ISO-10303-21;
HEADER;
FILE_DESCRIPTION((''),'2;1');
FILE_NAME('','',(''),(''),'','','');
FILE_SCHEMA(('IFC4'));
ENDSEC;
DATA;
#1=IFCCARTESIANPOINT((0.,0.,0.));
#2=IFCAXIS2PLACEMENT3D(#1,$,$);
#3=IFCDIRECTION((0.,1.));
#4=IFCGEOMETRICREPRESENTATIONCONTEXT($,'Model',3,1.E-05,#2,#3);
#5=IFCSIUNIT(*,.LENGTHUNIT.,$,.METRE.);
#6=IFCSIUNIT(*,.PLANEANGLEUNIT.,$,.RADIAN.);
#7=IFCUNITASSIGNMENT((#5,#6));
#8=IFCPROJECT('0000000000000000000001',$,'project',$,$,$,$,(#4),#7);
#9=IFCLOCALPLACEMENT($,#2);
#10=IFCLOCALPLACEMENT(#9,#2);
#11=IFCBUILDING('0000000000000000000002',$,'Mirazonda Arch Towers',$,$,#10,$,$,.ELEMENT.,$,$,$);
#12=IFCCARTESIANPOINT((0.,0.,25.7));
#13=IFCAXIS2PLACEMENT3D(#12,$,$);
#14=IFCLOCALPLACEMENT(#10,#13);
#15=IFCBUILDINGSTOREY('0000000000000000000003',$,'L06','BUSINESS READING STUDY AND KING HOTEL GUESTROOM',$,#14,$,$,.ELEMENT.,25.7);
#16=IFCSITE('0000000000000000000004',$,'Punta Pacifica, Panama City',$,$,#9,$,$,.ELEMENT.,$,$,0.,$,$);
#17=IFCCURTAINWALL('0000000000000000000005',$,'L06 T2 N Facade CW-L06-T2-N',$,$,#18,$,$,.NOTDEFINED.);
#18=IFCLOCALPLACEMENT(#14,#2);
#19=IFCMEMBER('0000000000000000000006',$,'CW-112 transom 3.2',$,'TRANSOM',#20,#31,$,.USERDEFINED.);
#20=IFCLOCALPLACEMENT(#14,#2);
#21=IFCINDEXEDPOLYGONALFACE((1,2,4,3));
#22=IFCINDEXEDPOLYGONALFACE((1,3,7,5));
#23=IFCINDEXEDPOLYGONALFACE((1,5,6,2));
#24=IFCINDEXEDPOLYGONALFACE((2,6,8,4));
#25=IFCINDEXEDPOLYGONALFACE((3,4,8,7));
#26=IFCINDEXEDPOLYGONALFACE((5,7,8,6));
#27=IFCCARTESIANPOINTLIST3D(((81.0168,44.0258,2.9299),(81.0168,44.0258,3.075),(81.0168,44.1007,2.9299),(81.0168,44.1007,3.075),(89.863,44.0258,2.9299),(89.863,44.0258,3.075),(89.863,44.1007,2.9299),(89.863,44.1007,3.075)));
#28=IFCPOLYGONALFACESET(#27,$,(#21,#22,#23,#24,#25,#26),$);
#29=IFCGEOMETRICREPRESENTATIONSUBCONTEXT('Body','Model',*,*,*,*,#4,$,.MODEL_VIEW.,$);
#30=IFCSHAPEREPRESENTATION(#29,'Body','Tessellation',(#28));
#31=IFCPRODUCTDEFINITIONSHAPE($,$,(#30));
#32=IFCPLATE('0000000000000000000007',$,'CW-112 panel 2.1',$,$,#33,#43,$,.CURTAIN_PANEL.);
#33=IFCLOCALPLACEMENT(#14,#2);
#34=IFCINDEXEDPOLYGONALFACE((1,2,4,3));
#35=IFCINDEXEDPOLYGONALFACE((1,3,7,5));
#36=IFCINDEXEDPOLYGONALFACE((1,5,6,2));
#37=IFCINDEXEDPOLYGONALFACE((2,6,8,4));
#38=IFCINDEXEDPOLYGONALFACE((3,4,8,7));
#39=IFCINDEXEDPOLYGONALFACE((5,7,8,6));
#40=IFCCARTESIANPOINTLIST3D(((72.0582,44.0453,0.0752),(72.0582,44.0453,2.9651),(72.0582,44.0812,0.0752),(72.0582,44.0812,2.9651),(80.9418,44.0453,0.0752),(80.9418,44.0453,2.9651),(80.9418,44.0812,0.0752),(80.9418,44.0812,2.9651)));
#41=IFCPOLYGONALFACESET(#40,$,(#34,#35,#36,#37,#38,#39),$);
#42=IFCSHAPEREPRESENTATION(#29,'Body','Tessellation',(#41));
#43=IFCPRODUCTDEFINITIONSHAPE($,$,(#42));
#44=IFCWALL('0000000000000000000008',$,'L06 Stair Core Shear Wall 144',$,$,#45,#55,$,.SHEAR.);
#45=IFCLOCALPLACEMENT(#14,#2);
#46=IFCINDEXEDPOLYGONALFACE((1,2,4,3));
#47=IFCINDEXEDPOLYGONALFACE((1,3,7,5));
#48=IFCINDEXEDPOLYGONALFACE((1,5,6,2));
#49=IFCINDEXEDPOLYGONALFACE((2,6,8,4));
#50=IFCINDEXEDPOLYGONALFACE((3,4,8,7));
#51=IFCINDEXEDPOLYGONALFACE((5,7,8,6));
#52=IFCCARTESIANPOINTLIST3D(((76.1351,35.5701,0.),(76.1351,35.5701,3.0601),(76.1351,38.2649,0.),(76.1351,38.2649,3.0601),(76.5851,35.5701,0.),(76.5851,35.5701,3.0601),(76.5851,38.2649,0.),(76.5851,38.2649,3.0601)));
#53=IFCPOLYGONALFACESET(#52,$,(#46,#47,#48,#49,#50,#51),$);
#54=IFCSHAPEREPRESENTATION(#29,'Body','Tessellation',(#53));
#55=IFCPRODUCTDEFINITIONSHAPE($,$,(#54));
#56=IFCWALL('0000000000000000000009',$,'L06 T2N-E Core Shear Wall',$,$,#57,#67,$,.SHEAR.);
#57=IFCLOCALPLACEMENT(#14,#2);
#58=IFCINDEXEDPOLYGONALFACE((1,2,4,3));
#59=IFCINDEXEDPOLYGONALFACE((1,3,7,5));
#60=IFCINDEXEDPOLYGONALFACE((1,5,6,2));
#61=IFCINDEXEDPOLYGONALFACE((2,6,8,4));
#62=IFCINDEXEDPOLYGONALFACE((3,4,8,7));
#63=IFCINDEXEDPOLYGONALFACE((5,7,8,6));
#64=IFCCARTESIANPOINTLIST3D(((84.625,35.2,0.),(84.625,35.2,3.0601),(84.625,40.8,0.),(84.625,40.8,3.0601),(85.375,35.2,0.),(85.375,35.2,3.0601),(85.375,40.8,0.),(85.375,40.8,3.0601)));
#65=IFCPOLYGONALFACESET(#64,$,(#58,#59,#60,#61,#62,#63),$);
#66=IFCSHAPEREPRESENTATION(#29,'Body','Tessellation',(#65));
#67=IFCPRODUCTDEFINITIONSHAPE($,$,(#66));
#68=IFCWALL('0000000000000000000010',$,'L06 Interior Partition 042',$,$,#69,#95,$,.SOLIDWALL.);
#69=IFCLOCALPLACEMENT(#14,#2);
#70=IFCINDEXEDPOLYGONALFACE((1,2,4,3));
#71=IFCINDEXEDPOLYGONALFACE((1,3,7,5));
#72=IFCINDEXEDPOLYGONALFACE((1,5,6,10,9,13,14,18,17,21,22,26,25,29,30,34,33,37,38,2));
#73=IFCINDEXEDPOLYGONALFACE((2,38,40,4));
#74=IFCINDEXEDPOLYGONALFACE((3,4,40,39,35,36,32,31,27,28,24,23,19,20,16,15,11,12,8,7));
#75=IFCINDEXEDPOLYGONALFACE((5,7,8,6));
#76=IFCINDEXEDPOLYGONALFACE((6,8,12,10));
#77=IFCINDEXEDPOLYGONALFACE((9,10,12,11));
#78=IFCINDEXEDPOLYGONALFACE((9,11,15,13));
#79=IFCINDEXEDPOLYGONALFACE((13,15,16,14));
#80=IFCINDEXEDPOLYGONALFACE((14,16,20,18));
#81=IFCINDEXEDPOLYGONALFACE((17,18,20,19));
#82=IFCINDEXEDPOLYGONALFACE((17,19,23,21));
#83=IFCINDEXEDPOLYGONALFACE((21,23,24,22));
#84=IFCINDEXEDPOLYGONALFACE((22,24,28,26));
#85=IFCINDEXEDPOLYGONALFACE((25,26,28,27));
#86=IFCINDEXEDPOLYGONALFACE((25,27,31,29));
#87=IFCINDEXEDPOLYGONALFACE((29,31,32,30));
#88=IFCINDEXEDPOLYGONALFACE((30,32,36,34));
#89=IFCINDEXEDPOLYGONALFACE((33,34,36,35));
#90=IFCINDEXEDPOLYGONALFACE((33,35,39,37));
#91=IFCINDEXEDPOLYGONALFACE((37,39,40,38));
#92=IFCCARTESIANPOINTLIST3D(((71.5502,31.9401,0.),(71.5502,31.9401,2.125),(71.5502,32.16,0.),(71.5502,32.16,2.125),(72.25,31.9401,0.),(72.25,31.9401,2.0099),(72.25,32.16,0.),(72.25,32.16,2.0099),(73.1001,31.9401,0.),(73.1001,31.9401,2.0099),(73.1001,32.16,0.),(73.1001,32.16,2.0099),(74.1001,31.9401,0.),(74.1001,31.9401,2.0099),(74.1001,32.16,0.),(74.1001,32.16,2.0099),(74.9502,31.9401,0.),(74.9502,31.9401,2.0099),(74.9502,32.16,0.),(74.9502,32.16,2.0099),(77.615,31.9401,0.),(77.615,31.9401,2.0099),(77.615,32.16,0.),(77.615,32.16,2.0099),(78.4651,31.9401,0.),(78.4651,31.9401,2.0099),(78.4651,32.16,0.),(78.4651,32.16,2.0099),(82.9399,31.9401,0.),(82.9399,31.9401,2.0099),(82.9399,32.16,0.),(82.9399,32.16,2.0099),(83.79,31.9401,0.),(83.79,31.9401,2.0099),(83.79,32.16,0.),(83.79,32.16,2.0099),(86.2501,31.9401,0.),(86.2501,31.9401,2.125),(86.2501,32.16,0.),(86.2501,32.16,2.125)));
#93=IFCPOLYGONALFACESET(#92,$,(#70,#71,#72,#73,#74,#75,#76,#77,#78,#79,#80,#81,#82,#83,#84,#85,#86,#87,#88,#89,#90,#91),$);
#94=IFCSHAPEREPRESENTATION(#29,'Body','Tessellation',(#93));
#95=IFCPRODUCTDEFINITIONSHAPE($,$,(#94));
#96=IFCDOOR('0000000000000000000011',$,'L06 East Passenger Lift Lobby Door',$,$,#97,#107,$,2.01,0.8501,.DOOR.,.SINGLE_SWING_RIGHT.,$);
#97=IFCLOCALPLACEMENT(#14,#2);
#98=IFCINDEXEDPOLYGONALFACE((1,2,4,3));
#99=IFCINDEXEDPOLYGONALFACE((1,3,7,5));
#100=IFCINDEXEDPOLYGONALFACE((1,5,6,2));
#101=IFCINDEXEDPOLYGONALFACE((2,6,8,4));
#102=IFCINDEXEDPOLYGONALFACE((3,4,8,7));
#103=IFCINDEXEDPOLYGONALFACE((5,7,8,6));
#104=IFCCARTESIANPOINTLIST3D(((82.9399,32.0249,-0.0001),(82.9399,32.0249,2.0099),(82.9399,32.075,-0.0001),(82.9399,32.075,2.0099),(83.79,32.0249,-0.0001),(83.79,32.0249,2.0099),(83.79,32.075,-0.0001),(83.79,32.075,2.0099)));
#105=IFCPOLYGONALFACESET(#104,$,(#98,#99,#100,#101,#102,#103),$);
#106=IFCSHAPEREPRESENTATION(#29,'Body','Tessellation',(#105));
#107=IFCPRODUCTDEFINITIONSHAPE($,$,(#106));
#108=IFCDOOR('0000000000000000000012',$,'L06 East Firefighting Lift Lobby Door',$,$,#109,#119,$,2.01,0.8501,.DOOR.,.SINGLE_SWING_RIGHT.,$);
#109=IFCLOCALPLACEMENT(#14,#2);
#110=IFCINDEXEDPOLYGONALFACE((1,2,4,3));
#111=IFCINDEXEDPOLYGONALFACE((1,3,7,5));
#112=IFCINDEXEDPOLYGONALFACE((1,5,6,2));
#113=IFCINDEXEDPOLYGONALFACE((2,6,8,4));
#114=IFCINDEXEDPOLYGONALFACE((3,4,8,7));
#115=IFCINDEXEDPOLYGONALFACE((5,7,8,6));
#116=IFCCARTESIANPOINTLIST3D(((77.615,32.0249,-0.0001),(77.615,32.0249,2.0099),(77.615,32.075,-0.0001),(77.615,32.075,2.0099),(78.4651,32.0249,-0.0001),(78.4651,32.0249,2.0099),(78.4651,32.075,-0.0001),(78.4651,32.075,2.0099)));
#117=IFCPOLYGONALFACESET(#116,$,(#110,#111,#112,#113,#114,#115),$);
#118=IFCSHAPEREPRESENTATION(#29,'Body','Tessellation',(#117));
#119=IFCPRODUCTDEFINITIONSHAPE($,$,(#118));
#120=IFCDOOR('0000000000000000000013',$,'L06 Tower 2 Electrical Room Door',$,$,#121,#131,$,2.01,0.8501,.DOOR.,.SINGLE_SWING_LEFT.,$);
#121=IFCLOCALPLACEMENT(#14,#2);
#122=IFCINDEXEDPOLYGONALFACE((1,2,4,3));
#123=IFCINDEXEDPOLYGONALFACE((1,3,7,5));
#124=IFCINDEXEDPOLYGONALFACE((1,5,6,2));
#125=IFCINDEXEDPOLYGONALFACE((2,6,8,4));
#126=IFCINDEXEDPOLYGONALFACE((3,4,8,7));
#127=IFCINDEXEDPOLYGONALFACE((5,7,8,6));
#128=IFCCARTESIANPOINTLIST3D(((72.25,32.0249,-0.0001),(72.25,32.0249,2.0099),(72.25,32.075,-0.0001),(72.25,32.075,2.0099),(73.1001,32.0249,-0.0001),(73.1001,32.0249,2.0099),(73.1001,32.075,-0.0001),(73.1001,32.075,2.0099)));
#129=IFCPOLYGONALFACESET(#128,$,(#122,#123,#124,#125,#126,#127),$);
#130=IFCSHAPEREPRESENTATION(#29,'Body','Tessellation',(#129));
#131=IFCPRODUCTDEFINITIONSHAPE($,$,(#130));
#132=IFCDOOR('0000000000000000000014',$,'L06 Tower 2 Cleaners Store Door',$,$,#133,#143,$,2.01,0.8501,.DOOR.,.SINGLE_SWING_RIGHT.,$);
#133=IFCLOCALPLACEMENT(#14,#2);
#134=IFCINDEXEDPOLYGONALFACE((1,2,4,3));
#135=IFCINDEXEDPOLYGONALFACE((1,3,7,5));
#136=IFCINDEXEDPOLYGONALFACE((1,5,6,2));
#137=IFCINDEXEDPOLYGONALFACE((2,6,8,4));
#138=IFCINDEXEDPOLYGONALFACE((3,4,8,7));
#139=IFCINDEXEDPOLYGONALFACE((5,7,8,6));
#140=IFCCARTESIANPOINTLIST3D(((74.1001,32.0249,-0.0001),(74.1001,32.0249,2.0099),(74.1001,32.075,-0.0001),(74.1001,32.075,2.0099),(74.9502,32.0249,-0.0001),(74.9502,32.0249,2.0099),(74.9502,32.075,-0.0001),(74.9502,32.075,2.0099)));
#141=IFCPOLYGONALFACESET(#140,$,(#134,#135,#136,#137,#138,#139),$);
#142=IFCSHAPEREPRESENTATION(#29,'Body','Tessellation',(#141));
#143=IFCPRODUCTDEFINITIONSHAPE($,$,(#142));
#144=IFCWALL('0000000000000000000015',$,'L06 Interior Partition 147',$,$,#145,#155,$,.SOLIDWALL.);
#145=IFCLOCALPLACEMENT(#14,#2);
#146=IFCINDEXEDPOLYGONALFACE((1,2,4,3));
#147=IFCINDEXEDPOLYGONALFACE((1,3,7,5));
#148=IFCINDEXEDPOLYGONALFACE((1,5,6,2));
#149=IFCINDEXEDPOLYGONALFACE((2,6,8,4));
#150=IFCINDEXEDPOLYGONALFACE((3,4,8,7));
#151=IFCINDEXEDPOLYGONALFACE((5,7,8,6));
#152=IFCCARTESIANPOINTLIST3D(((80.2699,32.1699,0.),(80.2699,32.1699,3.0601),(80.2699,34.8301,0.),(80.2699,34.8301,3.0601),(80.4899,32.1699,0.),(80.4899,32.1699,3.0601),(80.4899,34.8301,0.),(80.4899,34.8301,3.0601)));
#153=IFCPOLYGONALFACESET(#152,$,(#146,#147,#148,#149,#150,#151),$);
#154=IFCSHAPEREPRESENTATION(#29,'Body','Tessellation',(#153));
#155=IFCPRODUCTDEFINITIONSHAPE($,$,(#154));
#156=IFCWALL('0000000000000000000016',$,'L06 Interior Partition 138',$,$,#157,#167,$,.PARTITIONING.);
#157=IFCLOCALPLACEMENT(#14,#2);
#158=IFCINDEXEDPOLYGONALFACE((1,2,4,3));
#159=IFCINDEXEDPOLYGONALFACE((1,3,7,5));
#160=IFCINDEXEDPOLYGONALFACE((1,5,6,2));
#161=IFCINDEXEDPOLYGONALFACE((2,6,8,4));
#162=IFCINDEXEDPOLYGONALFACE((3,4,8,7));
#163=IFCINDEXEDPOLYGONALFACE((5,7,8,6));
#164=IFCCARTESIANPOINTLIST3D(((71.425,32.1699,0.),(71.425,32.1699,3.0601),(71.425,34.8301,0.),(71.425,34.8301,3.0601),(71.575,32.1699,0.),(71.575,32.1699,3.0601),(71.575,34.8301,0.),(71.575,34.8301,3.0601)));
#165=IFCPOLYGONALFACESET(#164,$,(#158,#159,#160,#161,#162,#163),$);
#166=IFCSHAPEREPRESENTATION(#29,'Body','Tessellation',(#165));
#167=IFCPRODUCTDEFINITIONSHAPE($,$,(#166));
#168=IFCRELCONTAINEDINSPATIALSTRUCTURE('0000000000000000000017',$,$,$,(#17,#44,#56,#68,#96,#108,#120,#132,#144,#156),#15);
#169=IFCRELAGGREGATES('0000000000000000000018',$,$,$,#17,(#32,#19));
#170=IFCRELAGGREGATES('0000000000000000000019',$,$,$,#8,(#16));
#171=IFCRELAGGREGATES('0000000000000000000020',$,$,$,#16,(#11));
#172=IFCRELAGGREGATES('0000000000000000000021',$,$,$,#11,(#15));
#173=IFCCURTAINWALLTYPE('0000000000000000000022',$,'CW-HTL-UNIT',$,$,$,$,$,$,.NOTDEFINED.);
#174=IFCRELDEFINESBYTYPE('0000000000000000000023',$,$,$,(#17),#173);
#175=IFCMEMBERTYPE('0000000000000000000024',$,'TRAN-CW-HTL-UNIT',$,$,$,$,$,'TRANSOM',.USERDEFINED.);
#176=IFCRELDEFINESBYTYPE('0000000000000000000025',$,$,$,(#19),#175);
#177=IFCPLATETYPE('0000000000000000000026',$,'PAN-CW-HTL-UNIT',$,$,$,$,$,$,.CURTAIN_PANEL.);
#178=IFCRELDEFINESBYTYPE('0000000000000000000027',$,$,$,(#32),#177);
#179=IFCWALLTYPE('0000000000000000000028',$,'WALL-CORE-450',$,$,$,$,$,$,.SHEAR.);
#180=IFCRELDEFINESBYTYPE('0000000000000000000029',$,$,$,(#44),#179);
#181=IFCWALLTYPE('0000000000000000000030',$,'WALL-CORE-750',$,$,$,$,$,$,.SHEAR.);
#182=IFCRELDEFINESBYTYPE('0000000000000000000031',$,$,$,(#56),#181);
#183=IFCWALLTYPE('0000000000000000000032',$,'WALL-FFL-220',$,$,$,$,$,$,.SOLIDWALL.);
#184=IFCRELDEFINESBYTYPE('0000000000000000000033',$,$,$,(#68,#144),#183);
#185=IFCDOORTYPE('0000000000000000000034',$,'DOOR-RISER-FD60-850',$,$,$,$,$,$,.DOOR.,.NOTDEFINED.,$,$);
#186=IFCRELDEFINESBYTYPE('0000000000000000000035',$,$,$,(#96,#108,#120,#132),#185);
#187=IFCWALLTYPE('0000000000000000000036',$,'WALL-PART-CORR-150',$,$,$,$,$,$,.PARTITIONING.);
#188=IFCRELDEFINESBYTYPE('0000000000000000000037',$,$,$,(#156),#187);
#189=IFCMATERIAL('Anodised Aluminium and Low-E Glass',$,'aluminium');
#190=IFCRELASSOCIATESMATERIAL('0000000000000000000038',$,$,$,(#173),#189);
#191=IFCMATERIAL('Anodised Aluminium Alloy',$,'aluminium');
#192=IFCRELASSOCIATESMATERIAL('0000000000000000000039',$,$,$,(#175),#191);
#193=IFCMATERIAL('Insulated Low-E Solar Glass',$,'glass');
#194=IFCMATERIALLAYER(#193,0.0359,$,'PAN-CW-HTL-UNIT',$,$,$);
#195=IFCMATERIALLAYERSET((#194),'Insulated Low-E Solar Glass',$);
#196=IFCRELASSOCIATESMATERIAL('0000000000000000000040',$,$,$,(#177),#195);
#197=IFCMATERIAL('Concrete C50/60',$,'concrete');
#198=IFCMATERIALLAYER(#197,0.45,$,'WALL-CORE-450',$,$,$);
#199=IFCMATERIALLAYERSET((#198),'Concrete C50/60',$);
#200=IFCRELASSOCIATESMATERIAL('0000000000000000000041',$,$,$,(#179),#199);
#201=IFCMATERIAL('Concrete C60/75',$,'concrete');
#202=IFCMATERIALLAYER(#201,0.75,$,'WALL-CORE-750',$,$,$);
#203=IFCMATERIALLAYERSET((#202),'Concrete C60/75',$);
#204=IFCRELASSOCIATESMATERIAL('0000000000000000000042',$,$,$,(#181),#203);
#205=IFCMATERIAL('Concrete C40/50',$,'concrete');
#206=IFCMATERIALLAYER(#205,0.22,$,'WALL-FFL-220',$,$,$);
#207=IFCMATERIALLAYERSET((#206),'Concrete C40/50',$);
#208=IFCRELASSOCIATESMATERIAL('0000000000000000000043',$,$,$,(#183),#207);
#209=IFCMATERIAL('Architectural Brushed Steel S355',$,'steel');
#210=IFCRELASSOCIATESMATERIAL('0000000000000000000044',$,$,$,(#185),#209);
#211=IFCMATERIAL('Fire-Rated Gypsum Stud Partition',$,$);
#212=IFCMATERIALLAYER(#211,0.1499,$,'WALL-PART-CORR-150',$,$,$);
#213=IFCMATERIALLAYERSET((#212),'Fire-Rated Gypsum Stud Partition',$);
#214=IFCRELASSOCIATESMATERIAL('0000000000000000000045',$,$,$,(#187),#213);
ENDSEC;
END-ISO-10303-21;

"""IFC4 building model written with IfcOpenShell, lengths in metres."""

from ifc_helpers import new_model, si_unit, direction, frame, frame_2d, origin, origin_2d, place, context, subcontext, project, spatial, rectangle, extrude, material, layer, layer_set, material_profile, profile_set, type_object, element, fill, aggregate, save


model = new_model("IFC4")

# Units and contexts
model_context = context("Model", 3, precision=1e-05, world=origin(), true_north=direction((0.0, 1.0)))
body_context = subcontext(model_context, "Body", "Model", "MODEL_VIEW")
ifc_project = project(units=[si_unit("LENGTHUNIT", "METRE"), si_unit("PLANEANGLEUNIT", "RADIAN")], contexts=[model_context])

# Site, building, storey
site_placement = place(None, origin())
site = spatial("IfcSite", under=ifc_project, at=site_placement, Name="Punta Pacifica, Panama City", CompositionType="ELEMENT", RefElevation=0.0)
building_placement = place(site_placement, origin())
building = spatial("IfcBuilding", under=site, at=building_placement, Name="Mirazonda Arch Towers", CompositionType="ELEMENT")
storey_placement = place(building_placement, frame((0.0, 0.0, 25.7)))
storey = spatial("IfcBuildingStorey", under=building, at=storey_placement, Name="L06", Description="BUSINESS READING STUDY AND KING HOTEL GUESTROOM", CompositionType="ELEMENT", Elevation=25.7)

# Shared definitions
ifc_material_1 = material(Name="Concrete C60/75", Category="concrete")

# Curtain wall, member, plate
ifc_material_2 = material(Name="Anodised Aluminium and Low-E Glass", Category="aluminium")
curtain_wall_type = type_object("IfcCurtainWallType", Name="CW-HTL-UNIT", PredefinedType="NOTDEFINED", material=ifc_material_2)
curtain_wall_placement = place(storey_placement, origin())
curtain_wall = element("IfcCurtainWall", 1, at=curtain_wall_placement, inside=storey, type_object=curtain_wall_type, Name="L06 T2 N Facade CW-L06-T2-N", PredefinedType="NOTDEFINED")
ifc_material_3 = material(Name="Anodised Aluminium Alloy", Category="aluminium")
ifc_material_profile_1 = material_profile(ifc_material_3, rectangle(XDim=0.075, YDim=0.145, at=origin_2d()), Name="ALU-TRAN-75x145")
ifc_profile_set_1 = profile_set([ifc_material_profile_1], Name="Anodised Aluminium Alloy")
member_type_1 = type_object("IfcMemberType", Name="TRAN-CW-HTL-UNIT", ElementType="TRANSOM", PredefinedType="USERDEFINED", material=ifc_profile_set_1)
member_1_placement = place(storey_placement, frame((81.0168, 44.0632, 3.0024), z_axis=(1.0, 0.0, 0.0), x_axis=(0.0, 1.0, 0.0)))
member_1 = element("IfcMember", 2, at=member_1_placement, type_object=member_type_1, Name="CW-112 transom 3.2", ObjectType="TRANSOM", PredefinedType="USERDEFINED", context=body_context, shape_type="SweptSolid", body=[
    extrude(rectangle(XDim=0.075, YDim=0.145, at=origin_2d()), origin(), (0.0, 0.0, 1.0), 8.8462),
])
ifc_material_4 = material(Name="Insulated Low-E Solar Glass", Category="glass")
ifc_layer_1 = layer(ifc_material_4, 0.0359, Name="PAN-CW-HTL-UNIT")
ifc_layer_set_1 = layer_set([ifc_layer_1], Name="Insulated Low-E Solar Glass")
plate_type = type_object("IfcPlateType", Name="PAN-CW-HTL-UNIT", PredefinedType="CURTAIN_PANEL", material=ifc_layer_set_1)
plate_placement = place(storey_placement, frame((76.5, 44.0632, 0.0752), z_axis=(0.0, 0.0, 1.0), x_axis=(1.0, 0.0, 0.0)))
plate = element("IfcPlate", 3, at=plate_placement, type_object=plate_type, Name="CW-112 panel 2.1", PredefinedType="CURTAIN_PANEL", context=body_context, shape_type="SweptSolid", body=[
    extrude(rectangle(XDim=8.8835, YDim=0.0359, at=origin_2d()), origin(), (0.0, 0.0, 1.0), 2.8899),
])
aggregate(curtain_wall, [plate, member_1])

# Walls
ifc_material_5 = material(Name="Concrete C50/60", Category="concrete")
ifc_layer_2 = layer(ifc_material_5, 0.45, Name="WALL-CORE-450")
ifc_layer_set_2 = layer_set([ifc_layer_2], Name="Concrete C50/60")
wall_type_1 = type_object("IfcWallType", Name="WALL-CORE-450", PredefinedType="SHEAR", material=ifc_layer_set_2)
wall_1_placement = place(storey_placement, frame((76.3601, 35.5701, 0.0), z_axis=(0.0, 0.0, 1.0), x_axis=(0.0, 1.0, 0.0)))
element("IfcWall", 4, at=wall_1_placement, inside=storey, type_object=wall_type_1, Name="L06 Stair Core Shear Wall 144", PredefinedType="SHEAR", context=body_context, shape_type="SweptSolid", body=[
    extrude(rectangle(XDim=2.6948, YDim=0.45, at=frame_2d((1.3474, 0.0))), origin(), (0.0, 0.0, 1.0), 3.0601),
])
ifc_layer_3 = layer(ifc_material_1, 0.75, Name="WALL-CORE-750")
ifc_layer_set_3 = layer_set([ifc_layer_3], Name="Concrete C60/75")
wall_type_2 = type_object("IfcWallType", Name="WALL-CORE-750", PredefinedType="SHEAR", material=ifc_layer_set_3)
wall_2_placement = place(storey_placement, frame((85.0, 35.2, 0.0), z_axis=(0.0, 0.0, 1.0), x_axis=(0.0, 1.0, 0.0)))
element("IfcWall", 5, at=wall_2_placement, inside=storey, type_object=wall_type_2, Name="L06 T2N-E Core Shear Wall", PredefinedType="SHEAR", context=body_context, shape_type="SweptSolid", body=[
    extrude(rectangle(XDim=5.6001, YDim=0.75, at=frame_2d((2.8, 0.0))), origin(), (0.0, 0.0, 1.0), 3.0601),
])

# Wall, openings, doors
ifc_material_6 = material(Name="Concrete C40/50", Category="concrete")
ifc_layer_4 = layer(ifc_material_6, 0.22, Name="WALL-FFL-220")
ifc_layer_set_4 = layer_set([ifc_layer_4], Name="Concrete C40/50")
wall_type_3 = type_object("IfcWallType", Name="WALL-FFL-220", PredefinedType="SOLIDWALL", material=ifc_layer_set_4)
wall_3_placement = place(storey_placement, frame((71.55, 32.05, 0.0), z_axis=(0.0, 0.0, 1.0), x_axis=(1.0, 0.0, 0.0)))
wall_3 = element("IfcWall", 6, at=wall_3_placement, inside=storey, type_object=wall_type_3, Name="L06 Interior Partition 042", PredefinedType="SOLIDWALL", context=body_context, shape_type="SweptSolid", body=[
    extrude(rectangle(XDim=14.7, YDim=0.22, at=frame_2d((7.3501, 0.0))), origin(), (0.0, 0.0, 1.0), 2.125),
])
opening_1_placement = place(wall_3_placement, frame((11.3899, 0.0, 0.0)))
opening_1 = element("IfcOpeningElement", 7, at=opening_1_placement, cuts=wall_3, PredefinedType="OPENING", context=body_context, shape_type="SweptSolid", body=[
    extrude(rectangle(XDim=0.8501, YDim=2.01, at=frame_2d((0.425, 1.0049))), frame((0.0, 0.1199, 0.0), z_axis=(0.0, -1.0, 0.0), x_axis=(1.0, 0.0, 0.0)), (0.0, 0.0, 1.0), 0.24),
])
opening_2_placement = place(wall_3_placement, frame((6.0649, 0.0, 0.0)))
opening_2 = element("IfcOpeningElement", 8, at=opening_2_placement, cuts=wall_3, PredefinedType="OPENING", context=body_context, shape_type="SweptSolid", body=[
    extrude(rectangle(XDim=0.8501, YDim=2.01, at=frame_2d((0.425, 1.0049))), frame((0.0, 0.1199, 0.0), z_axis=(0.0, -1.0, 0.0), x_axis=(1.0, 0.0, 0.0)), (0.0, 0.0, 1.0), 0.24),
])
opening_3_placement = place(wall_3_placement, frame((0.7, 0.0, 0.0)))
opening_3 = element("IfcOpeningElement", 9, at=opening_3_placement, cuts=wall_3, PredefinedType="OPENING", context=body_context, shape_type="SweptSolid", body=[
    extrude(rectangle(XDim=0.8501, YDim=2.01, at=frame_2d((0.425, 1.0049))), frame((0.0, 0.1199, 0.0), z_axis=(0.0, -1.0, 0.0), x_axis=(1.0, 0.0, 0.0)), (0.0, 0.0, 1.0), 0.24),
])
opening_4_placement = place(wall_3_placement, frame((2.55, 0.0, 0.0)))
opening_4 = element("IfcOpeningElement", 10, at=opening_4_placement, cuts=wall_3, PredefinedType="OPENING", context=body_context, shape_type="SweptSolid", body=[
    extrude(rectangle(XDim=0.8501, YDim=2.01, at=frame_2d((0.425, 1.0049))), frame((0.0, 0.1199, 0.0), z_axis=(0.0, -1.0, 0.0), x_axis=(1.0, 0.0, 0.0)), (0.0, 0.0, 1.0), 0.24),
])
ifc_material_7 = material(Name="Architectural Brushed Steel S355", Category="steel")
door_type = type_object("IfcDoorType", Name="DOOR-RISER-FD60-850", OperationType="NOTDEFINED", PredefinedType="DOOR", material=ifc_material_7)
door_1_placement = place(opening_1_placement, origin())
door_1 = element("IfcDoor", 11, at=door_1_placement, inside=storey, type_object=door_type, Name="L06 East Passenger Lift Lobby Door", OperationType="SINGLE_SWING_RIGHT", OverallHeight=2.01, OverallWidth=0.8501, PredefinedType="DOOR", context=body_context, shape_type="SweptSolid", body=[
    extrude(rectangle(XDim=0.8501, YDim=2.01, at=frame_2d((0.425, 1.0049))), frame((0.0, 0.0249, 0.0), z_axis=(0.0, -1.0, 0.0), x_axis=(1.0, 0.0, 0.0)), (0.0, 0.0, 1.0), 0.05),
])
fill(opening_1, door_1)
door_2_placement = place(opening_2_placement, origin())
door_2 = element("IfcDoor", 12, at=door_2_placement, inside=storey, type_object=door_type, Name="L06 East Firefighting Lift Lobby Door", OperationType="SINGLE_SWING_RIGHT", OverallHeight=2.01, OverallWidth=0.8501, PredefinedType="DOOR", context=body_context, shape_type="SweptSolid", body=[
    extrude(rectangle(XDim=0.8501, YDim=2.01, at=frame_2d((0.425, 1.0049))), frame((0.0, 0.0249, 0.0), z_axis=(0.0, -1.0, 0.0), x_axis=(1.0, 0.0, 0.0)), (0.0, 0.0, 1.0), 0.05),
])
fill(opening_2, door_2)
door_3_placement = place(opening_3_placement, origin())
door_3 = element("IfcDoor", 13, at=door_3_placement, inside=storey, type_object=door_type, Name="L06 Tower 2 Electrical Room Door", OperationType="SINGLE_SWING_LEFT", OverallHeight=2.01, OverallWidth=0.8501, PredefinedType="DOOR", context=body_context, shape_type="SweptSolid", body=[
    extrude(rectangle(XDim=0.8501, YDim=2.01, at=frame_2d((0.425, 1.0049))), frame((0.0, 0.0249, 0.0), z_axis=(0.0, -1.0, 0.0), x_axis=(1.0, 0.0, 0.0)), (0.0, 0.0, 1.0), 0.05),
])
fill(opening_3, door_3)
door_4_placement = place(opening_4_placement, origin())
door_4 = element("IfcDoor", 14, at=door_4_placement, inside=storey, type_object=door_type, Name="L06 Tower 2 Cleaners Store Door", OperationType="SINGLE_SWING_RIGHT", OverallHeight=2.01, OverallWidth=0.8501, PredefinedType="DOOR", context=body_context, shape_type="SweptSolid", body=[
    extrude(rectangle(XDim=0.8501, YDim=2.01, at=frame_2d((0.425, 1.0049))), frame((0.0, 0.0249, 0.0), z_axis=(0.0, -1.0, 0.0), x_axis=(1.0, 0.0, 0.0)), (0.0, 0.0, 1.0), 0.05),
])
fill(opening_4, door_4)

# Walls
wall_4_placement = place(storey_placement, frame((80.3799, 32.1699, 0.0), z_axis=(0.0, 0.0, 1.0), x_axis=(0.0, 1.0, 0.0)))
element("IfcWall", 15, at=wall_4_placement, inside=storey, type_object=wall_type_3, Name="L06 Interior Partition 147", PredefinedType="SOLIDWALL", context=body_context, shape_type="SweptSolid", body=[
    extrude(rectangle(XDim=2.6602, YDim=0.22, at=frame_2d((1.3301, 0.0))), origin(), (0.0, 0.0, 1.0), 3.0601),
])
ifc_material_8 = material(Name="Fire-Rated Gypsum Stud Partition")
ifc_layer_5 = layer(ifc_material_8, 0.1499, Name="WALL-PART-CORR-150")
ifc_layer_set_5 = layer_set([ifc_layer_5], Name="Fire-Rated Gypsum Stud Partition")
wall_type_4 = type_object("IfcWallType", Name="WALL-PART-CORR-150", PredefinedType="PARTITIONING", material=ifc_layer_set_5)
for number, where, z_axis, x_axis, name in (
    (16, (71.5, 32.1699, 0.0), (0.0, 0.0, 1.0), (0.0, 1.0, 0.0), "L06 Interior Partition 138"),
):
    element("IfcWall", number, at=place(storey_placement, frame(where, z_axis=z_axis, x_axis=x_axis)), inside=storey, type_object=wall_type_4, Name=name, PredefinedType="PARTITIONING", context=body_context, shape_type="SweptSolid", body=[
        extrude(rectangle(XDim=2.6602, YDim=0.1499, at=frame_2d((1.3301, 0.0))), origin(), (0.0, 0.0, 1.0), 3.0601),
    ])

save(model, "model.ifc")
